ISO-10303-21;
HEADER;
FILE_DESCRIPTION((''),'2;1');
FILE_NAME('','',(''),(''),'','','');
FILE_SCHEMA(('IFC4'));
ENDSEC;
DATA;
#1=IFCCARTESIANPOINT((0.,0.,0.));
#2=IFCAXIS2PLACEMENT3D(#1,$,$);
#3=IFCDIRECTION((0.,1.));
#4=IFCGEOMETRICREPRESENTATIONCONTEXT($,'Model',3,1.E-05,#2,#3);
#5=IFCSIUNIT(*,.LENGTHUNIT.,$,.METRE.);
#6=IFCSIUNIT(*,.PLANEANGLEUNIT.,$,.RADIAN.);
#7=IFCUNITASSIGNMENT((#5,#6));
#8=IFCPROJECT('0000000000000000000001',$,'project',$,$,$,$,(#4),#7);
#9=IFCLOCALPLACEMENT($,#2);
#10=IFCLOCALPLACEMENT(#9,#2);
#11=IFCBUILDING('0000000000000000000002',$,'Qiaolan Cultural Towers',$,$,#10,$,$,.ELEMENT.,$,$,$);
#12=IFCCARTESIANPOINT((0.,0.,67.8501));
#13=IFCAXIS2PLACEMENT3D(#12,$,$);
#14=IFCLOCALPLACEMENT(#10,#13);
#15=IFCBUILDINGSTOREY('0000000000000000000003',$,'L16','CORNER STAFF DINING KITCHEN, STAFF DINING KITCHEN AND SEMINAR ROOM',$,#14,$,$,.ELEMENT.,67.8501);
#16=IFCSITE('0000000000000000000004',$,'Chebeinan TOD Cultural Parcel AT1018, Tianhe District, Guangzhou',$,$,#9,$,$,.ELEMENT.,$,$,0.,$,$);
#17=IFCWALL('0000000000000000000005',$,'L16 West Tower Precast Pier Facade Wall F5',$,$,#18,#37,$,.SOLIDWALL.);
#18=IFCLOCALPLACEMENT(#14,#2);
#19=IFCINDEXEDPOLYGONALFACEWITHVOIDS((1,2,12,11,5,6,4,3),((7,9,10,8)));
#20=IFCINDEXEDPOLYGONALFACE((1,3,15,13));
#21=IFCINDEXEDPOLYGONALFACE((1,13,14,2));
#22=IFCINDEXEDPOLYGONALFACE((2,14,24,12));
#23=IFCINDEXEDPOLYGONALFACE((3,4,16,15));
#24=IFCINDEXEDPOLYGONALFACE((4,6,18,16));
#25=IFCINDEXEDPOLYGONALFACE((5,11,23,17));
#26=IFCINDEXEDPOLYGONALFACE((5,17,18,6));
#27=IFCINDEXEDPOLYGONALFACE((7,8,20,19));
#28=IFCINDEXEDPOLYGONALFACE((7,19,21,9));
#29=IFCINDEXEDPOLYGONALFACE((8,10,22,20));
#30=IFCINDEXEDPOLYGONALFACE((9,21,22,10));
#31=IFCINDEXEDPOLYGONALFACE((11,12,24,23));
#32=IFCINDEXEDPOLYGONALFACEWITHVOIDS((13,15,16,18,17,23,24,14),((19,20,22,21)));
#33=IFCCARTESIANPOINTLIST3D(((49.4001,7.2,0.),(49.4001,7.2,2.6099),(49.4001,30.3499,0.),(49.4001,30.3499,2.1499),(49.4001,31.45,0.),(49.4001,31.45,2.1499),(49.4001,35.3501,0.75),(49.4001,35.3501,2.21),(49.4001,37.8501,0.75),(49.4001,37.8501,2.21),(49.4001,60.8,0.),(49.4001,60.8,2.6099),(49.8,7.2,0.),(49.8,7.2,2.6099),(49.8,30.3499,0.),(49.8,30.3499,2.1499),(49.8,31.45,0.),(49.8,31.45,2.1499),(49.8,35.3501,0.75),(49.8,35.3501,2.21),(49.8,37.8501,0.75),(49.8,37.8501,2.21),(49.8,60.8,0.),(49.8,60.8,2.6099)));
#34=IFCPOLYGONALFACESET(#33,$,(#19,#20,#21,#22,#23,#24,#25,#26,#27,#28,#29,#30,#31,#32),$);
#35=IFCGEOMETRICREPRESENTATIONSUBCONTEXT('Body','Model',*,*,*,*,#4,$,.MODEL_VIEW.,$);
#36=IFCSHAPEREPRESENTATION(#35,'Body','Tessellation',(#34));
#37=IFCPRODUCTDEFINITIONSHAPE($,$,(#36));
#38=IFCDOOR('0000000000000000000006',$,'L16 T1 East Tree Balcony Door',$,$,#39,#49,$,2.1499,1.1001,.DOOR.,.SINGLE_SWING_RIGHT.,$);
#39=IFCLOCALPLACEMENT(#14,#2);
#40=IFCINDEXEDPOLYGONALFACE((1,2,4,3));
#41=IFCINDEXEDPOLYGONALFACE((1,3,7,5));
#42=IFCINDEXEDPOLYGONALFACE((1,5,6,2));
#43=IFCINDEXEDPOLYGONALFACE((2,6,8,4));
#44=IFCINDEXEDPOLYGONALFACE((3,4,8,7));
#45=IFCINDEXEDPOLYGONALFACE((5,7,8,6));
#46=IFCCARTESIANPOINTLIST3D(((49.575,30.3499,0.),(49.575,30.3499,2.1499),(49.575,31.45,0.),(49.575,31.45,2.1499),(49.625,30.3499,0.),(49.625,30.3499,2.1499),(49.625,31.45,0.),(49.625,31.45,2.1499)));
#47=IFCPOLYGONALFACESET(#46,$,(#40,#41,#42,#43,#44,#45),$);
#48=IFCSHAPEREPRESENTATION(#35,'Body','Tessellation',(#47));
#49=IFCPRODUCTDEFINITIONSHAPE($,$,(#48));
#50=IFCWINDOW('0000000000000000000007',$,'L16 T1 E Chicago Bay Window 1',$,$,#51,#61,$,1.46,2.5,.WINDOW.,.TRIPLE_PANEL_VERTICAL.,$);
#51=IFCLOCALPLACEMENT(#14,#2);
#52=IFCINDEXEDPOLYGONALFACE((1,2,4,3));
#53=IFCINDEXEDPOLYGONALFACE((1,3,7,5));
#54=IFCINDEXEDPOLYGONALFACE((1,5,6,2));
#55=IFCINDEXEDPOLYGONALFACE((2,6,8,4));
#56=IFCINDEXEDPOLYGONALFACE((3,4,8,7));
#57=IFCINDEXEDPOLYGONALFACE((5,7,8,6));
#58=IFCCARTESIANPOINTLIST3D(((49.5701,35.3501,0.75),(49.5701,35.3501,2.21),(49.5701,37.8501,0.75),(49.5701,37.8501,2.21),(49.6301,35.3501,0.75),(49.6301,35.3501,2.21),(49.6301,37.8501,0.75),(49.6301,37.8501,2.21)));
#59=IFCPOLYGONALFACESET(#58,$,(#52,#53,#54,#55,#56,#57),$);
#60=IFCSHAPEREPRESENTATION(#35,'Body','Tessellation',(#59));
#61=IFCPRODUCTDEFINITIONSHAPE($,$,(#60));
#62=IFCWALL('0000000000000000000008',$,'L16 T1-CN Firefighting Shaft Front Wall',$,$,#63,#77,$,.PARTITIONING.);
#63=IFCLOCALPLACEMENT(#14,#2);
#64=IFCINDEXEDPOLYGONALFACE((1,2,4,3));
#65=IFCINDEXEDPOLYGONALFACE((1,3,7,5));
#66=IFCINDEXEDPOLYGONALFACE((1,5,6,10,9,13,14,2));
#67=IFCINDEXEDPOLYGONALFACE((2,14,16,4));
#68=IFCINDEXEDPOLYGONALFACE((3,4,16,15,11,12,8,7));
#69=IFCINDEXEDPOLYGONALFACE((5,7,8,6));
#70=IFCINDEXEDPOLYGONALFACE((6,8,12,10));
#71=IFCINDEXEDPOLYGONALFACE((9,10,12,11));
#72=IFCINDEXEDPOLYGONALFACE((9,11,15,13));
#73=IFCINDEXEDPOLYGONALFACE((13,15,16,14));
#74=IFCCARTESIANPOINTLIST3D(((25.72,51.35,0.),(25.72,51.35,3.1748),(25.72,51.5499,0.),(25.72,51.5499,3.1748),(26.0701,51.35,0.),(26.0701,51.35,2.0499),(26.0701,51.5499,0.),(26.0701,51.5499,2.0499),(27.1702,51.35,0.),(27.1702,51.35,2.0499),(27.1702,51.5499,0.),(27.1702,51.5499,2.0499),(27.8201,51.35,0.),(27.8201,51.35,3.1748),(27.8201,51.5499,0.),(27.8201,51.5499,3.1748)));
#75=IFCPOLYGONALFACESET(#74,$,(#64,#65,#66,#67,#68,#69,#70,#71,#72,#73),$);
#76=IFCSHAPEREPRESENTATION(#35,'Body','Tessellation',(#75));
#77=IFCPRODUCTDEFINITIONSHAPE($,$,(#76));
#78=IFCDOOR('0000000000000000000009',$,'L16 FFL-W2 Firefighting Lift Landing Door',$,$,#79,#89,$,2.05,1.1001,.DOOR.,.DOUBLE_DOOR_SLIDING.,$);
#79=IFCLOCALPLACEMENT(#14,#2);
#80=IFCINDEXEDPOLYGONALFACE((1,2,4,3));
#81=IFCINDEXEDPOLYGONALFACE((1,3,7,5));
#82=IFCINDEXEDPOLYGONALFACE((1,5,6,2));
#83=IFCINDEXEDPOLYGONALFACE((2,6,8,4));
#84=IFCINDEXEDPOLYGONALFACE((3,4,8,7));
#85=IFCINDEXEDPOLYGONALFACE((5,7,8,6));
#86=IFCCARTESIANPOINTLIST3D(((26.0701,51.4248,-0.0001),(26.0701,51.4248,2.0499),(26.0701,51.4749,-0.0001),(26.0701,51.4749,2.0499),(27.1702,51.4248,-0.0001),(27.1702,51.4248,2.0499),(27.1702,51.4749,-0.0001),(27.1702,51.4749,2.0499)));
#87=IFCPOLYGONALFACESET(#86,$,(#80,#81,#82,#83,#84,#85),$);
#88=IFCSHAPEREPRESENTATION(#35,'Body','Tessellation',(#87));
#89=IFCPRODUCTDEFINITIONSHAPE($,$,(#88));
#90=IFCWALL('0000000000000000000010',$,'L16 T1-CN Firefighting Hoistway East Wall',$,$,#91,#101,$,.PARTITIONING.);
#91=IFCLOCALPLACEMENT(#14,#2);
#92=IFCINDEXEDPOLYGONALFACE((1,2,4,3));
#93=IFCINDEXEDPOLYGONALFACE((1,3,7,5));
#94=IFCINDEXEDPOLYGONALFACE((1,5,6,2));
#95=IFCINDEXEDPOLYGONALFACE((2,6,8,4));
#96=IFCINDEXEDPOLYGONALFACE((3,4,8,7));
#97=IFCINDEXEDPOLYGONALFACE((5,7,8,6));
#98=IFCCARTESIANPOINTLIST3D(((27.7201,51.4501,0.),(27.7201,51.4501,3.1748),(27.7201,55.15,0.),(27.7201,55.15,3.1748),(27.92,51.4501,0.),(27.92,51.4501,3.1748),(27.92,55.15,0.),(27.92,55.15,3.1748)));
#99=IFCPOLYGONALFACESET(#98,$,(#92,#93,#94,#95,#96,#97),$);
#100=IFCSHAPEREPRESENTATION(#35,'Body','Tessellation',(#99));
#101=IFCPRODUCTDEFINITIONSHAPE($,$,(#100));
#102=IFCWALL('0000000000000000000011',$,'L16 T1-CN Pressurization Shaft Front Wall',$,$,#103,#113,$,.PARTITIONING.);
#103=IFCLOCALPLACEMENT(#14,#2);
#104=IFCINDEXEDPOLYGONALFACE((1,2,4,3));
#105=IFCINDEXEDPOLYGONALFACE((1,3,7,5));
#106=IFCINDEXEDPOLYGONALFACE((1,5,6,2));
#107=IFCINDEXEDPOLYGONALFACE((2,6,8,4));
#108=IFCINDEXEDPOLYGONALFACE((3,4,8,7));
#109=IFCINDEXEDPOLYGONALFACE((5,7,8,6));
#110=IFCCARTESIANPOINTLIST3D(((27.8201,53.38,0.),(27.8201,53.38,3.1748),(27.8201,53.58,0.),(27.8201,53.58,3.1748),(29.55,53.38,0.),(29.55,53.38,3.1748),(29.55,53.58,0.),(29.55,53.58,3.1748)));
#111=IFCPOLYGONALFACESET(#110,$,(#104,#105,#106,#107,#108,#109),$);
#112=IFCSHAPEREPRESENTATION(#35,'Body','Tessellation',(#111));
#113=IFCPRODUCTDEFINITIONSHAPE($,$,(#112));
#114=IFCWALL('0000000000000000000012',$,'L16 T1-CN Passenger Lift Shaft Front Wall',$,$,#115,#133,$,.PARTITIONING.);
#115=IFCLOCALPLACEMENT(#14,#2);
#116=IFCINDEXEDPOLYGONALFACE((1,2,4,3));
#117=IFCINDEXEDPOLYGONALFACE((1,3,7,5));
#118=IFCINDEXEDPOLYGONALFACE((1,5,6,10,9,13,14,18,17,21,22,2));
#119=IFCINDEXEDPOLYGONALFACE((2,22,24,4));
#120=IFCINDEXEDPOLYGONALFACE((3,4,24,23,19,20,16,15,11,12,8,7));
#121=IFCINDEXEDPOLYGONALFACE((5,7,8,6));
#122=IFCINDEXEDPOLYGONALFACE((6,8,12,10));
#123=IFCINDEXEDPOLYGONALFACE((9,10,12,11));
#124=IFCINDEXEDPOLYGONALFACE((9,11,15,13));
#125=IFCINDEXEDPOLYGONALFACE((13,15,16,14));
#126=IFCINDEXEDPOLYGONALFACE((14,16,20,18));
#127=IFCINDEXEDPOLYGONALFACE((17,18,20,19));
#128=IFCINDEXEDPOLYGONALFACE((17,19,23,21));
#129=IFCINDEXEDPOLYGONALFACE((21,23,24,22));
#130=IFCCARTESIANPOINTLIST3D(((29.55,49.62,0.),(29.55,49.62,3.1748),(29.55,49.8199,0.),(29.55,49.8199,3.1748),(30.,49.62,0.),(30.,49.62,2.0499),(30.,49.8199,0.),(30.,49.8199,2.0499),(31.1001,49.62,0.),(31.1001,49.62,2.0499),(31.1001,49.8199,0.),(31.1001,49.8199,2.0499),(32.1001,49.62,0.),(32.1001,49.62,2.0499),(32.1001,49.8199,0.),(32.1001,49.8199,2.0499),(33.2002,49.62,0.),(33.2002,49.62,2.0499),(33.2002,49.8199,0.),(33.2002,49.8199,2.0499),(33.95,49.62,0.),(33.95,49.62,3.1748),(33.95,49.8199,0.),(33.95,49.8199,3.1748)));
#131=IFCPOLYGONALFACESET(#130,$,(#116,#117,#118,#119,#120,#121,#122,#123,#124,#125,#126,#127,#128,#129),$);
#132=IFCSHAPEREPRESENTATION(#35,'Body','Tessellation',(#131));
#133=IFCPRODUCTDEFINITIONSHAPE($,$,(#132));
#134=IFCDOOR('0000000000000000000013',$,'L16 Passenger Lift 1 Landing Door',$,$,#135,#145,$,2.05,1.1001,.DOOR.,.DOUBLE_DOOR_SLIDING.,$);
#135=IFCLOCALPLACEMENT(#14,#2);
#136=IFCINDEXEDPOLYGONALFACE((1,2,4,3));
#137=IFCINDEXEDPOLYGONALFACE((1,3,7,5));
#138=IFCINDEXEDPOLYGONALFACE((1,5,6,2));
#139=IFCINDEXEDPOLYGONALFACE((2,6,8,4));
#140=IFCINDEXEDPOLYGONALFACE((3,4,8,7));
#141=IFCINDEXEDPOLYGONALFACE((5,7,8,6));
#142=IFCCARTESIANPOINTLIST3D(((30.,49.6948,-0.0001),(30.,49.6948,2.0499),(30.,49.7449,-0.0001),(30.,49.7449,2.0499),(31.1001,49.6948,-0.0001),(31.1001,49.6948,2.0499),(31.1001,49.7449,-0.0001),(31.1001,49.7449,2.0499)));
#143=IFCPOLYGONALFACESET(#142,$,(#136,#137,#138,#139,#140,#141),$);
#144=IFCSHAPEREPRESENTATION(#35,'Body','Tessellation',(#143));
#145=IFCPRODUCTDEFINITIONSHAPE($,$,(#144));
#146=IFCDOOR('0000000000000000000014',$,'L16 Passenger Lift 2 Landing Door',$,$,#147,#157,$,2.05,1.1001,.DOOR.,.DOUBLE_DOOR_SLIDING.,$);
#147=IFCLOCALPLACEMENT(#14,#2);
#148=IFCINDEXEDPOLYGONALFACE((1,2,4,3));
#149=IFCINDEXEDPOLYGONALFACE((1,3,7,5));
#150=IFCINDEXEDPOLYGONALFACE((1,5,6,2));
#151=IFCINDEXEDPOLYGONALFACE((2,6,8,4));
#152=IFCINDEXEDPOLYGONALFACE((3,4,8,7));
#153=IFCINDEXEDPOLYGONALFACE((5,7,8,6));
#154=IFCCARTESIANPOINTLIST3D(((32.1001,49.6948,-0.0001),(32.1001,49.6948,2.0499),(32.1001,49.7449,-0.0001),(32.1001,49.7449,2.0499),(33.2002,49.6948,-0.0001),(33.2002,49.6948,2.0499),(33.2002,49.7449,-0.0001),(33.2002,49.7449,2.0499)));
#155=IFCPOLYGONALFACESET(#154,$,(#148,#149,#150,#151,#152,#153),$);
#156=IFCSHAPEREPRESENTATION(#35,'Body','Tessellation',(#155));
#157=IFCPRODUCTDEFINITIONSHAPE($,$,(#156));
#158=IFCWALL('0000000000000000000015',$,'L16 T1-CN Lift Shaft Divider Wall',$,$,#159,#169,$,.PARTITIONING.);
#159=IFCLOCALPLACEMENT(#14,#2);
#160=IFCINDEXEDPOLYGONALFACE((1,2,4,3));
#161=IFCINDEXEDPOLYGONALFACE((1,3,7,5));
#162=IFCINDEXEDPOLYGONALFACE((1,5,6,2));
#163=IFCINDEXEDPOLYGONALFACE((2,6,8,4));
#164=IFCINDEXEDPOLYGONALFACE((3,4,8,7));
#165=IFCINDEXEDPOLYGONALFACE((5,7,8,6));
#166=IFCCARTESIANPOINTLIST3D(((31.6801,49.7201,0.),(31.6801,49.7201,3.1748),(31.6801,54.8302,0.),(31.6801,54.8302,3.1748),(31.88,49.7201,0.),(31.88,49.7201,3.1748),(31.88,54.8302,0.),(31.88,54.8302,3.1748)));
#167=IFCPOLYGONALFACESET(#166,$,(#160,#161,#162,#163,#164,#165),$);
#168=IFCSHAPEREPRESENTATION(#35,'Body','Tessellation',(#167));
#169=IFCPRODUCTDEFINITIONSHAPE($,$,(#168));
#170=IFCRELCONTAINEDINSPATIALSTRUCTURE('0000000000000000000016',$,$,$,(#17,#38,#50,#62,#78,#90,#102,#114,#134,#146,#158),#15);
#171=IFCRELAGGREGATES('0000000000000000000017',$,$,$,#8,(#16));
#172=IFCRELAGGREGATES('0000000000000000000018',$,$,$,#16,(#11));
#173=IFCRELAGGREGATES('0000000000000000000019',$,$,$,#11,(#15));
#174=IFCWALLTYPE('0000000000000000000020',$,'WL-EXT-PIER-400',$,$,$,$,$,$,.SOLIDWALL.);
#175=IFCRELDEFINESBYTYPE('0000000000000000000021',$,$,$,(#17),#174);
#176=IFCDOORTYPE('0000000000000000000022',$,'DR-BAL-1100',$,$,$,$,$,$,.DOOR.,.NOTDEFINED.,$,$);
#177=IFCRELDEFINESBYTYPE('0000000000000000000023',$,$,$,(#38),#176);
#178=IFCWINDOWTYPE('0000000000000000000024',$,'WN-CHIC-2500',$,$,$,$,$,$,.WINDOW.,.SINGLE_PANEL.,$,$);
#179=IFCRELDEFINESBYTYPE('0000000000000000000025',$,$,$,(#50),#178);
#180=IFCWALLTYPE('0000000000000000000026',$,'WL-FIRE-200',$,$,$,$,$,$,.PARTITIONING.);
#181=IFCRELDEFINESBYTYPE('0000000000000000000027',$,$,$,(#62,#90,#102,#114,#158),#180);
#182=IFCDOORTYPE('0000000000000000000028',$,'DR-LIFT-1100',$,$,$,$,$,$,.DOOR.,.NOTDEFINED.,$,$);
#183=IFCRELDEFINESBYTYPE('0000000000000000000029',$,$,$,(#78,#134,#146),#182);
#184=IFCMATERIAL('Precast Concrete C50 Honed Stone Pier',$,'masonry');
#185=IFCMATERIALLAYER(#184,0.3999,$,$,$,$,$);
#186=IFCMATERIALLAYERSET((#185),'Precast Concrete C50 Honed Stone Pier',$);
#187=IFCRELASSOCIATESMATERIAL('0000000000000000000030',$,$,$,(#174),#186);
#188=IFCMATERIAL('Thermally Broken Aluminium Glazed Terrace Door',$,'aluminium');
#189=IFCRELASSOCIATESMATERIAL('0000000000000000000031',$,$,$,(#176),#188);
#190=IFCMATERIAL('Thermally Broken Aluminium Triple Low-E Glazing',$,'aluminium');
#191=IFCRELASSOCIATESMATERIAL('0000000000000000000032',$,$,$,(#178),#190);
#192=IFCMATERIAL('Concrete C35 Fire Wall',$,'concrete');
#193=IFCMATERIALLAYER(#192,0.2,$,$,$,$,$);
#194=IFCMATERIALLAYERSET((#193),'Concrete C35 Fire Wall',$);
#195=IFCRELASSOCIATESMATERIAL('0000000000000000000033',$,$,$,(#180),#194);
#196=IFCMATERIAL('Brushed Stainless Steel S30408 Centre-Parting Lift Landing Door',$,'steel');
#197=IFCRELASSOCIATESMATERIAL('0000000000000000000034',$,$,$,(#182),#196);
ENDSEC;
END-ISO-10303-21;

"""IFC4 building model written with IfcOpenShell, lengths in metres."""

from ifc_helpers import new_model, si_unit, direction, frame, frame_2d, origin, place, context, subcontext, project, spatial, rectangle, extrude, material, layer, layer_set, type_object, element, fill, save


model = new_model("IFC4")

# Units and contexts
model_context = context("Model", 3, precision=1e-05, world=origin(), true_north=direction((0.0, 1.0)))
body_context = subcontext(model_context, "Body", "Model", "MODEL_VIEW")
ifc_project = project(units=[si_unit("LENGTHUNIT", "METRE"), si_unit("PLANEANGLEUNIT", "RADIAN")], contexts=[model_context])

# Site, building, storey
site_placement = place(None, origin())
site = spatial("IfcSite", under=ifc_project, at=site_placement, Name="Chebeinan TOD Cultural Parcel AT1018, Tianhe District, Guangzhou", CompositionType="ELEMENT", RefElevation=0.0)
building_placement = place(site_placement, origin())
building = spatial("IfcBuilding", under=site, at=building_placement, Name="Qiaolan Cultural Towers", CompositionType="ELEMENT")
storey_placement = place(building_placement, frame((0.0, 0.0, 67.8501)))
storey = spatial("IfcBuildingStorey", under=building, at=storey_placement, Name="L16", Description="CORNER STAFF DINING KITCHEN, STAFF DINING KITCHEN AND SEMINAR ROOM", CompositionType="ELEMENT", Elevation=67.8501)

# Shared definitions
ifc_material_1 = material(Name="Precast Concrete C50 Honed Stone Pier", Category="masonry")
ifc_layer_1 = layer(ifc_material_1, 0.3999)
ifc_layer_set_1 = layer_set([ifc_layer_1], Name="Precast Concrete C50 Honed Stone Pier")
wall_type_1 = type_object("IfcWallType", Name="WL-EXT-PIER-400", PredefinedType="SOLIDWALL", material=ifc_layer_set_1)

# Wall, openings, door, window
wall_1_placement = place(storey_placement, frame((49.6001, 60.8, 0.0), z_axis=(0.0, 0.0, 1.0), x_axis=(0.0, -1.0, 0.0)))
wall_1 = element("IfcWall", 1, at=wall_1_placement, inside=storey, type_object=wall_type_1, Name="L16 West Tower Precast Pier Facade Wall F5", PredefinedType="SOLIDWALL", context=body_context, shape_type="SweptSolid", body=[
    extrude(rectangle(XDim=53.6001, YDim=0.3999, at=frame_2d((26.8, 0.0))), origin(), (0.0, 0.0, 1.0), 2.6099),
])
opening_1_placement = place(wall_1_placement, frame((22.95, 0.0, 0.75)))
opening_1 = element("IfcOpeningElement", 2, at=opening_1_placement, cuts=wall_1, PredefinedType="OPENING", context=body_context, shape_type="SweptSolid", body=[
    extrude(rectangle(XDim=2.5, YDim=1.46, at=frame_2d((1.25, 0.73))), frame((0.0, 0.21, 0.0), z_axis=(0.0, -1.0, 0.0), x_axis=(1.0, 0.0, 0.0)), (0.0, 0.0, 1.0), 0.4199),
])
opening_2_placement = place(wall_1_placement, frame((29.3501, 0.0, 0.0)))
opening_2 = element("IfcOpeningElement", 3, at=opening_2_placement, cuts=wall_1, PredefinedType="OPENING", context=body_context, shape_type="SweptSolid", body=[
    extrude(rectangle(XDim=1.1001, YDim=2.1499, at=frame_2d((0.55, 1.075))), frame((0.0, 0.21, 0.0), z_axis=(0.0, -1.0, 0.0), x_axis=(1.0, 0.0, 0.0)), (0.0, 0.0, 1.0), 0.4199),
])
ifc_material_2 = material(Name="Thermally Broken Aluminium Glazed Terrace Door", Category="aluminium")
door_type_1 = type_object("IfcDoorType", Name="DR-BAL-1100", OperationType="NOTDEFINED", PredefinedType="DOOR", material=ifc_material_2)
door_1_placement = place(opening_2_placement, origin())
door_1 = element("IfcDoor", 4, at=door_1_placement, inside=storey, type_object=door_type_1, Name="L16 T1 East Tree Balcony Door", OperationType="SINGLE_SWING_RIGHT", OverallHeight=2.1499, OverallWidth=1.1001, PredefinedType="DOOR", context=body_context, shape_type="SweptSolid", body=[
    extrude(rectangle(XDim=1.1001, YDim=2.1499, at=frame_2d((0.55, 1.075))), frame((0.0, 0.0249, 0.0), z_axis=(0.0, -1.0, 0.0), x_axis=(1.0, 0.0, 0.0)), (0.0, 0.0, 1.0), 0.05),
])
fill(opening_2, door_1)
ifc_material_3 = material(Name="Thermally Broken Aluminium Triple Low-E Glazing", Category="aluminium")
window_type = type_object("IfcWindowType", Name="WN-CHIC-2500", PartitioningType="SINGLE_PANEL", PredefinedType="WINDOW", material=ifc_material_3)
window_placement = place(opening_1_placement, origin())
window = element("IfcWindow", 5, at=window_placement, inside=storey, type_object=window_type, Name="L16 T1 E Chicago Bay Window 1", OverallHeight=1.46, OverallWidth=2.5, PartitioningType="TRIPLE_PANEL_VERTICAL", PredefinedType="WINDOW", context=body_context, shape_type="SweptSolid", body=[
    extrude(rectangle(XDim=2.5, YDim=1.46, at=frame_2d((1.25, 0.73))), frame((0.0, 0.03, 0.0), z_axis=(0.0, -1.0, 0.0), x_axis=(1.0, 0.0, 0.0)), (0.0, 0.0, 1.0), 0.0601),
])
fill(opening_1, window)

# Wall, opening, door
ifc_material_4 = material(Name="Concrete C35 Fire Wall", Category="concrete")
ifc_layer_2 = layer(ifc_material_4, 0.2)
ifc_layer_set_2 = layer_set([ifc_layer_2], Name="Concrete C35 Fire Wall")
wall_type_2 = type_object("IfcWallType", Name="WL-FIRE-200", PredefinedType="PARTITIONING", material=ifc_layer_set_2)
wall_2_placement = place(storey_placement, frame((25.72, 51.45, 0.0), z_axis=(0.0, 0.0, 1.0), x_axis=(1.0, 0.0, 0.0)))
wall_2 = element("IfcWall", 6, at=wall_2_placement, inside=storey, type_object=wall_type_2, Name="L16 T1-CN Firefighting Shaft Front Wall", PredefinedType="PARTITIONING", context=body_context, shape_type="SweptSolid", body=[
    extrude(rectangle(XDim=2.1001, YDim=0.2, at=frame_2d((1.05, 0.0))), origin(), (0.0, 0.0, 1.0), 3.1748),
])
opening_3_placement = place(wall_2_placement, frame((0.3501, 0.0, 0.0)))
opening_3 = element("IfcOpeningElement", 7, at=opening_3_placement, cuts=wall_2, PredefinedType="OPENING", context=body_context, shape_type="SweptSolid", body=[
    extrude(rectangle(XDim=1.1001, YDim=2.05, at=frame_2d((0.55, 1.0249))), frame((0.0, 0.1099, 0.0), z_axis=(0.0, -1.0, 0.0), x_axis=(1.0, 0.0, 0.0)), (0.0, 0.0, 1.0), 0.22),
])
ifc_material_5 = material(Name="Brushed Stainless Steel S30408 Centre-Parting Lift Landing Door", Category="steel")
door_type_2 = type_object("IfcDoorType", Name="DR-LIFT-1100", OperationType="NOTDEFINED", PredefinedType="DOOR", material=ifc_material_5)
door_2_placement = place(opening_3_placement, origin())
door_2 = element("IfcDoor", 8, at=door_2_placement, inside=storey, type_object=door_type_2, Name="L16 FFL-W2 Firefighting Lift Landing Door", OperationType="DOUBLE_DOOR_SLIDING", OverallHeight=2.05, OverallWidth=1.1001, PredefinedType="DOOR", context=body_context, shape_type="SweptSolid", body=[
    extrude(rectangle(XDim=1.1001, YDim=2.05, at=frame_2d((0.55, 1.0249))), frame((0.0, 0.0249, 0.0), z_axis=(0.0, -1.0, 0.0), x_axis=(1.0, 0.0, 0.0)), (0.0, 0.0, 1.0), 0.05),
])
fill(opening_3, door_2)

# Walls
wall_3_placement = place(storey_placement, frame((27.8201, 51.45, 0.0), z_axis=(0.0, 0.0, 1.0), x_axis=(0.0, 1.0, 0.0)))
element("IfcWall", 9, at=wall_3_placement, inside=storey, type_object=wall_type_2, Name="L16 T1-CN Firefighting Hoistway East Wall", PredefinedType="PARTITIONING", context=body_context, shape_type="SweptSolid", body=[
    extrude(rectangle(XDim=3.7, YDim=0.2, at=frame_2d((1.8501, 0.0))), origin(), (0.0, 0.0, 1.0), 3.1748),
])
wall_4_placement = place(storey_placement, frame((27.8201, 53.48, 0.0), z_axis=(0.0, 0.0, 1.0), x_axis=(1.0, 0.0, 0.0)))
element("IfcWall", 10, at=wall_4_placement, inside=storey, type_object=wall_type_2, Name="L16 T1-CN Pressurization Shaft Front Wall", PredefinedType="PARTITIONING", context=body_context, shape_type="SweptSolid", body=[
    extrude(rectangle(XDim=1.73, YDim=0.2, at=frame_2d((0.865, 0.0))), origin(), (0.0, 0.0, 1.0), 3.1748),
])

# Wall, openings, doors
wall_5_placement = place(storey_placement, frame((29.55, 49.72, 0.0), z_axis=(0.0, 0.0, 1.0), x_axis=(1.0, 0.0, 0.0)))
wall_5 = element("IfcWall", 11, at=wall_5_placement, inside=storey, type_object=wall_type_2, Name="L16 T1-CN Passenger Lift Shaft Front Wall", PredefinedType="PARTITIONING", context=body_context, shape_type="SweptSolid", body=[
    extrude(rectangle(XDim=4.3999, YDim=0.2, at=frame_2d((2.2, 0.0))), origin(), (0.0, 0.0, 1.0), 3.1748),
])
opening_4_placement = place(wall_5_placement, frame((0.45, 0.0, 0.0)))
opening_4 = element("IfcOpeningElement", 12, at=opening_4_placement, cuts=wall_5, PredefinedType="OPENING", context=body_context, shape_type="SweptSolid", body=[
    extrude(rectangle(XDim=1.1001, YDim=2.05, at=frame_2d((0.55, 1.0249))), frame((0.0, 0.1099, 0.0), z_axis=(0.0, -1.0, 0.0), x_axis=(1.0, 0.0, 0.0)), (0.0, 0.0, 1.0), 0.22),
])
opening_5_placement = place(wall_5_placement, frame((2.55, 0.0, 0.0)))
opening_5 = element("IfcOpeningElement", 13, at=opening_5_placement, cuts=wall_5, PredefinedType="OPENING", context=body_context, shape_type="SweptSolid", body=[
    extrude(rectangle(XDim=1.1001, YDim=2.05, at=frame_2d((0.55, 1.0249))), frame((0.0, 0.1099, 0.0), z_axis=(0.0, -1.0, 0.0), x_axis=(1.0, 0.0, 0.0)), (0.0, 0.0, 1.0), 0.22),
])
door_3_placement = place(opening_4_placement, origin())
door_3 = element("IfcDoor", 14, at=door_3_placement, inside=storey, type_object=door_type_2, Name="L16 Passenger Lift 1 Landing Door", OperationType="DOUBLE_DOOR_SLIDING", OverallHeight=2.05, OverallWidth=1.1001, PredefinedType="DOOR", context=body_context, shape_type="SweptSolid", body=[
    extrude(rectangle(XDim=1.1001, YDim=2.05, at=frame_2d((0.55, 1.0249))), frame((0.0, 0.0249, 0.0), z_axis=(0.0, -1.0, 0.0), x_axis=(1.0, 0.0, 0.0)), (0.0, 0.0, 1.0), 0.05),
])
fill(opening_4, door_3)
door_4_placement = place(opening_5_placement, origin())
door_4 = element("IfcDoor", 15, at=door_4_placement, inside=storey, type_object=door_type_2, Name="L16 Passenger Lift 2 Landing Door", OperationType="DOUBLE_DOOR_SLIDING", OverallHeight=2.05, OverallWidth=1.1001, PredefinedType="DOOR", context=body_context, shape_type="SweptSolid", body=[
    extrude(rectangle(XDim=1.1001, YDim=2.05, at=frame_2d((0.55, 1.0249))), frame((0.0, 0.0249, 0.0), z_axis=(0.0, -1.0, 0.0), x_axis=(1.0, 0.0, 0.0)), (0.0, 0.0, 1.0), 0.05),
])
fill(opening_5, door_4)

# Wall
wall_6_placement = place(storey_placement, frame((31.78, 49.72, 0.0), z_axis=(0.0, 0.0, 1.0), x_axis=(0.0, 1.0, 0.0)))
element("IfcWall", 16, at=wall_6_placement, inside=storey, type_object=wall_type_2, Name="L16 T1-CN Lift Shaft Divider Wall", PredefinedType="PARTITIONING", context=body_context, shape_type="SweptSolid", body=[
    extrude(rectangle(XDim=5.1101, YDim=0.2, at=frame_2d((2.5552, 0.0))), origin(), (0.0, 0.0, 1.0), 3.1748),
])

save(model, "model.ifc")
